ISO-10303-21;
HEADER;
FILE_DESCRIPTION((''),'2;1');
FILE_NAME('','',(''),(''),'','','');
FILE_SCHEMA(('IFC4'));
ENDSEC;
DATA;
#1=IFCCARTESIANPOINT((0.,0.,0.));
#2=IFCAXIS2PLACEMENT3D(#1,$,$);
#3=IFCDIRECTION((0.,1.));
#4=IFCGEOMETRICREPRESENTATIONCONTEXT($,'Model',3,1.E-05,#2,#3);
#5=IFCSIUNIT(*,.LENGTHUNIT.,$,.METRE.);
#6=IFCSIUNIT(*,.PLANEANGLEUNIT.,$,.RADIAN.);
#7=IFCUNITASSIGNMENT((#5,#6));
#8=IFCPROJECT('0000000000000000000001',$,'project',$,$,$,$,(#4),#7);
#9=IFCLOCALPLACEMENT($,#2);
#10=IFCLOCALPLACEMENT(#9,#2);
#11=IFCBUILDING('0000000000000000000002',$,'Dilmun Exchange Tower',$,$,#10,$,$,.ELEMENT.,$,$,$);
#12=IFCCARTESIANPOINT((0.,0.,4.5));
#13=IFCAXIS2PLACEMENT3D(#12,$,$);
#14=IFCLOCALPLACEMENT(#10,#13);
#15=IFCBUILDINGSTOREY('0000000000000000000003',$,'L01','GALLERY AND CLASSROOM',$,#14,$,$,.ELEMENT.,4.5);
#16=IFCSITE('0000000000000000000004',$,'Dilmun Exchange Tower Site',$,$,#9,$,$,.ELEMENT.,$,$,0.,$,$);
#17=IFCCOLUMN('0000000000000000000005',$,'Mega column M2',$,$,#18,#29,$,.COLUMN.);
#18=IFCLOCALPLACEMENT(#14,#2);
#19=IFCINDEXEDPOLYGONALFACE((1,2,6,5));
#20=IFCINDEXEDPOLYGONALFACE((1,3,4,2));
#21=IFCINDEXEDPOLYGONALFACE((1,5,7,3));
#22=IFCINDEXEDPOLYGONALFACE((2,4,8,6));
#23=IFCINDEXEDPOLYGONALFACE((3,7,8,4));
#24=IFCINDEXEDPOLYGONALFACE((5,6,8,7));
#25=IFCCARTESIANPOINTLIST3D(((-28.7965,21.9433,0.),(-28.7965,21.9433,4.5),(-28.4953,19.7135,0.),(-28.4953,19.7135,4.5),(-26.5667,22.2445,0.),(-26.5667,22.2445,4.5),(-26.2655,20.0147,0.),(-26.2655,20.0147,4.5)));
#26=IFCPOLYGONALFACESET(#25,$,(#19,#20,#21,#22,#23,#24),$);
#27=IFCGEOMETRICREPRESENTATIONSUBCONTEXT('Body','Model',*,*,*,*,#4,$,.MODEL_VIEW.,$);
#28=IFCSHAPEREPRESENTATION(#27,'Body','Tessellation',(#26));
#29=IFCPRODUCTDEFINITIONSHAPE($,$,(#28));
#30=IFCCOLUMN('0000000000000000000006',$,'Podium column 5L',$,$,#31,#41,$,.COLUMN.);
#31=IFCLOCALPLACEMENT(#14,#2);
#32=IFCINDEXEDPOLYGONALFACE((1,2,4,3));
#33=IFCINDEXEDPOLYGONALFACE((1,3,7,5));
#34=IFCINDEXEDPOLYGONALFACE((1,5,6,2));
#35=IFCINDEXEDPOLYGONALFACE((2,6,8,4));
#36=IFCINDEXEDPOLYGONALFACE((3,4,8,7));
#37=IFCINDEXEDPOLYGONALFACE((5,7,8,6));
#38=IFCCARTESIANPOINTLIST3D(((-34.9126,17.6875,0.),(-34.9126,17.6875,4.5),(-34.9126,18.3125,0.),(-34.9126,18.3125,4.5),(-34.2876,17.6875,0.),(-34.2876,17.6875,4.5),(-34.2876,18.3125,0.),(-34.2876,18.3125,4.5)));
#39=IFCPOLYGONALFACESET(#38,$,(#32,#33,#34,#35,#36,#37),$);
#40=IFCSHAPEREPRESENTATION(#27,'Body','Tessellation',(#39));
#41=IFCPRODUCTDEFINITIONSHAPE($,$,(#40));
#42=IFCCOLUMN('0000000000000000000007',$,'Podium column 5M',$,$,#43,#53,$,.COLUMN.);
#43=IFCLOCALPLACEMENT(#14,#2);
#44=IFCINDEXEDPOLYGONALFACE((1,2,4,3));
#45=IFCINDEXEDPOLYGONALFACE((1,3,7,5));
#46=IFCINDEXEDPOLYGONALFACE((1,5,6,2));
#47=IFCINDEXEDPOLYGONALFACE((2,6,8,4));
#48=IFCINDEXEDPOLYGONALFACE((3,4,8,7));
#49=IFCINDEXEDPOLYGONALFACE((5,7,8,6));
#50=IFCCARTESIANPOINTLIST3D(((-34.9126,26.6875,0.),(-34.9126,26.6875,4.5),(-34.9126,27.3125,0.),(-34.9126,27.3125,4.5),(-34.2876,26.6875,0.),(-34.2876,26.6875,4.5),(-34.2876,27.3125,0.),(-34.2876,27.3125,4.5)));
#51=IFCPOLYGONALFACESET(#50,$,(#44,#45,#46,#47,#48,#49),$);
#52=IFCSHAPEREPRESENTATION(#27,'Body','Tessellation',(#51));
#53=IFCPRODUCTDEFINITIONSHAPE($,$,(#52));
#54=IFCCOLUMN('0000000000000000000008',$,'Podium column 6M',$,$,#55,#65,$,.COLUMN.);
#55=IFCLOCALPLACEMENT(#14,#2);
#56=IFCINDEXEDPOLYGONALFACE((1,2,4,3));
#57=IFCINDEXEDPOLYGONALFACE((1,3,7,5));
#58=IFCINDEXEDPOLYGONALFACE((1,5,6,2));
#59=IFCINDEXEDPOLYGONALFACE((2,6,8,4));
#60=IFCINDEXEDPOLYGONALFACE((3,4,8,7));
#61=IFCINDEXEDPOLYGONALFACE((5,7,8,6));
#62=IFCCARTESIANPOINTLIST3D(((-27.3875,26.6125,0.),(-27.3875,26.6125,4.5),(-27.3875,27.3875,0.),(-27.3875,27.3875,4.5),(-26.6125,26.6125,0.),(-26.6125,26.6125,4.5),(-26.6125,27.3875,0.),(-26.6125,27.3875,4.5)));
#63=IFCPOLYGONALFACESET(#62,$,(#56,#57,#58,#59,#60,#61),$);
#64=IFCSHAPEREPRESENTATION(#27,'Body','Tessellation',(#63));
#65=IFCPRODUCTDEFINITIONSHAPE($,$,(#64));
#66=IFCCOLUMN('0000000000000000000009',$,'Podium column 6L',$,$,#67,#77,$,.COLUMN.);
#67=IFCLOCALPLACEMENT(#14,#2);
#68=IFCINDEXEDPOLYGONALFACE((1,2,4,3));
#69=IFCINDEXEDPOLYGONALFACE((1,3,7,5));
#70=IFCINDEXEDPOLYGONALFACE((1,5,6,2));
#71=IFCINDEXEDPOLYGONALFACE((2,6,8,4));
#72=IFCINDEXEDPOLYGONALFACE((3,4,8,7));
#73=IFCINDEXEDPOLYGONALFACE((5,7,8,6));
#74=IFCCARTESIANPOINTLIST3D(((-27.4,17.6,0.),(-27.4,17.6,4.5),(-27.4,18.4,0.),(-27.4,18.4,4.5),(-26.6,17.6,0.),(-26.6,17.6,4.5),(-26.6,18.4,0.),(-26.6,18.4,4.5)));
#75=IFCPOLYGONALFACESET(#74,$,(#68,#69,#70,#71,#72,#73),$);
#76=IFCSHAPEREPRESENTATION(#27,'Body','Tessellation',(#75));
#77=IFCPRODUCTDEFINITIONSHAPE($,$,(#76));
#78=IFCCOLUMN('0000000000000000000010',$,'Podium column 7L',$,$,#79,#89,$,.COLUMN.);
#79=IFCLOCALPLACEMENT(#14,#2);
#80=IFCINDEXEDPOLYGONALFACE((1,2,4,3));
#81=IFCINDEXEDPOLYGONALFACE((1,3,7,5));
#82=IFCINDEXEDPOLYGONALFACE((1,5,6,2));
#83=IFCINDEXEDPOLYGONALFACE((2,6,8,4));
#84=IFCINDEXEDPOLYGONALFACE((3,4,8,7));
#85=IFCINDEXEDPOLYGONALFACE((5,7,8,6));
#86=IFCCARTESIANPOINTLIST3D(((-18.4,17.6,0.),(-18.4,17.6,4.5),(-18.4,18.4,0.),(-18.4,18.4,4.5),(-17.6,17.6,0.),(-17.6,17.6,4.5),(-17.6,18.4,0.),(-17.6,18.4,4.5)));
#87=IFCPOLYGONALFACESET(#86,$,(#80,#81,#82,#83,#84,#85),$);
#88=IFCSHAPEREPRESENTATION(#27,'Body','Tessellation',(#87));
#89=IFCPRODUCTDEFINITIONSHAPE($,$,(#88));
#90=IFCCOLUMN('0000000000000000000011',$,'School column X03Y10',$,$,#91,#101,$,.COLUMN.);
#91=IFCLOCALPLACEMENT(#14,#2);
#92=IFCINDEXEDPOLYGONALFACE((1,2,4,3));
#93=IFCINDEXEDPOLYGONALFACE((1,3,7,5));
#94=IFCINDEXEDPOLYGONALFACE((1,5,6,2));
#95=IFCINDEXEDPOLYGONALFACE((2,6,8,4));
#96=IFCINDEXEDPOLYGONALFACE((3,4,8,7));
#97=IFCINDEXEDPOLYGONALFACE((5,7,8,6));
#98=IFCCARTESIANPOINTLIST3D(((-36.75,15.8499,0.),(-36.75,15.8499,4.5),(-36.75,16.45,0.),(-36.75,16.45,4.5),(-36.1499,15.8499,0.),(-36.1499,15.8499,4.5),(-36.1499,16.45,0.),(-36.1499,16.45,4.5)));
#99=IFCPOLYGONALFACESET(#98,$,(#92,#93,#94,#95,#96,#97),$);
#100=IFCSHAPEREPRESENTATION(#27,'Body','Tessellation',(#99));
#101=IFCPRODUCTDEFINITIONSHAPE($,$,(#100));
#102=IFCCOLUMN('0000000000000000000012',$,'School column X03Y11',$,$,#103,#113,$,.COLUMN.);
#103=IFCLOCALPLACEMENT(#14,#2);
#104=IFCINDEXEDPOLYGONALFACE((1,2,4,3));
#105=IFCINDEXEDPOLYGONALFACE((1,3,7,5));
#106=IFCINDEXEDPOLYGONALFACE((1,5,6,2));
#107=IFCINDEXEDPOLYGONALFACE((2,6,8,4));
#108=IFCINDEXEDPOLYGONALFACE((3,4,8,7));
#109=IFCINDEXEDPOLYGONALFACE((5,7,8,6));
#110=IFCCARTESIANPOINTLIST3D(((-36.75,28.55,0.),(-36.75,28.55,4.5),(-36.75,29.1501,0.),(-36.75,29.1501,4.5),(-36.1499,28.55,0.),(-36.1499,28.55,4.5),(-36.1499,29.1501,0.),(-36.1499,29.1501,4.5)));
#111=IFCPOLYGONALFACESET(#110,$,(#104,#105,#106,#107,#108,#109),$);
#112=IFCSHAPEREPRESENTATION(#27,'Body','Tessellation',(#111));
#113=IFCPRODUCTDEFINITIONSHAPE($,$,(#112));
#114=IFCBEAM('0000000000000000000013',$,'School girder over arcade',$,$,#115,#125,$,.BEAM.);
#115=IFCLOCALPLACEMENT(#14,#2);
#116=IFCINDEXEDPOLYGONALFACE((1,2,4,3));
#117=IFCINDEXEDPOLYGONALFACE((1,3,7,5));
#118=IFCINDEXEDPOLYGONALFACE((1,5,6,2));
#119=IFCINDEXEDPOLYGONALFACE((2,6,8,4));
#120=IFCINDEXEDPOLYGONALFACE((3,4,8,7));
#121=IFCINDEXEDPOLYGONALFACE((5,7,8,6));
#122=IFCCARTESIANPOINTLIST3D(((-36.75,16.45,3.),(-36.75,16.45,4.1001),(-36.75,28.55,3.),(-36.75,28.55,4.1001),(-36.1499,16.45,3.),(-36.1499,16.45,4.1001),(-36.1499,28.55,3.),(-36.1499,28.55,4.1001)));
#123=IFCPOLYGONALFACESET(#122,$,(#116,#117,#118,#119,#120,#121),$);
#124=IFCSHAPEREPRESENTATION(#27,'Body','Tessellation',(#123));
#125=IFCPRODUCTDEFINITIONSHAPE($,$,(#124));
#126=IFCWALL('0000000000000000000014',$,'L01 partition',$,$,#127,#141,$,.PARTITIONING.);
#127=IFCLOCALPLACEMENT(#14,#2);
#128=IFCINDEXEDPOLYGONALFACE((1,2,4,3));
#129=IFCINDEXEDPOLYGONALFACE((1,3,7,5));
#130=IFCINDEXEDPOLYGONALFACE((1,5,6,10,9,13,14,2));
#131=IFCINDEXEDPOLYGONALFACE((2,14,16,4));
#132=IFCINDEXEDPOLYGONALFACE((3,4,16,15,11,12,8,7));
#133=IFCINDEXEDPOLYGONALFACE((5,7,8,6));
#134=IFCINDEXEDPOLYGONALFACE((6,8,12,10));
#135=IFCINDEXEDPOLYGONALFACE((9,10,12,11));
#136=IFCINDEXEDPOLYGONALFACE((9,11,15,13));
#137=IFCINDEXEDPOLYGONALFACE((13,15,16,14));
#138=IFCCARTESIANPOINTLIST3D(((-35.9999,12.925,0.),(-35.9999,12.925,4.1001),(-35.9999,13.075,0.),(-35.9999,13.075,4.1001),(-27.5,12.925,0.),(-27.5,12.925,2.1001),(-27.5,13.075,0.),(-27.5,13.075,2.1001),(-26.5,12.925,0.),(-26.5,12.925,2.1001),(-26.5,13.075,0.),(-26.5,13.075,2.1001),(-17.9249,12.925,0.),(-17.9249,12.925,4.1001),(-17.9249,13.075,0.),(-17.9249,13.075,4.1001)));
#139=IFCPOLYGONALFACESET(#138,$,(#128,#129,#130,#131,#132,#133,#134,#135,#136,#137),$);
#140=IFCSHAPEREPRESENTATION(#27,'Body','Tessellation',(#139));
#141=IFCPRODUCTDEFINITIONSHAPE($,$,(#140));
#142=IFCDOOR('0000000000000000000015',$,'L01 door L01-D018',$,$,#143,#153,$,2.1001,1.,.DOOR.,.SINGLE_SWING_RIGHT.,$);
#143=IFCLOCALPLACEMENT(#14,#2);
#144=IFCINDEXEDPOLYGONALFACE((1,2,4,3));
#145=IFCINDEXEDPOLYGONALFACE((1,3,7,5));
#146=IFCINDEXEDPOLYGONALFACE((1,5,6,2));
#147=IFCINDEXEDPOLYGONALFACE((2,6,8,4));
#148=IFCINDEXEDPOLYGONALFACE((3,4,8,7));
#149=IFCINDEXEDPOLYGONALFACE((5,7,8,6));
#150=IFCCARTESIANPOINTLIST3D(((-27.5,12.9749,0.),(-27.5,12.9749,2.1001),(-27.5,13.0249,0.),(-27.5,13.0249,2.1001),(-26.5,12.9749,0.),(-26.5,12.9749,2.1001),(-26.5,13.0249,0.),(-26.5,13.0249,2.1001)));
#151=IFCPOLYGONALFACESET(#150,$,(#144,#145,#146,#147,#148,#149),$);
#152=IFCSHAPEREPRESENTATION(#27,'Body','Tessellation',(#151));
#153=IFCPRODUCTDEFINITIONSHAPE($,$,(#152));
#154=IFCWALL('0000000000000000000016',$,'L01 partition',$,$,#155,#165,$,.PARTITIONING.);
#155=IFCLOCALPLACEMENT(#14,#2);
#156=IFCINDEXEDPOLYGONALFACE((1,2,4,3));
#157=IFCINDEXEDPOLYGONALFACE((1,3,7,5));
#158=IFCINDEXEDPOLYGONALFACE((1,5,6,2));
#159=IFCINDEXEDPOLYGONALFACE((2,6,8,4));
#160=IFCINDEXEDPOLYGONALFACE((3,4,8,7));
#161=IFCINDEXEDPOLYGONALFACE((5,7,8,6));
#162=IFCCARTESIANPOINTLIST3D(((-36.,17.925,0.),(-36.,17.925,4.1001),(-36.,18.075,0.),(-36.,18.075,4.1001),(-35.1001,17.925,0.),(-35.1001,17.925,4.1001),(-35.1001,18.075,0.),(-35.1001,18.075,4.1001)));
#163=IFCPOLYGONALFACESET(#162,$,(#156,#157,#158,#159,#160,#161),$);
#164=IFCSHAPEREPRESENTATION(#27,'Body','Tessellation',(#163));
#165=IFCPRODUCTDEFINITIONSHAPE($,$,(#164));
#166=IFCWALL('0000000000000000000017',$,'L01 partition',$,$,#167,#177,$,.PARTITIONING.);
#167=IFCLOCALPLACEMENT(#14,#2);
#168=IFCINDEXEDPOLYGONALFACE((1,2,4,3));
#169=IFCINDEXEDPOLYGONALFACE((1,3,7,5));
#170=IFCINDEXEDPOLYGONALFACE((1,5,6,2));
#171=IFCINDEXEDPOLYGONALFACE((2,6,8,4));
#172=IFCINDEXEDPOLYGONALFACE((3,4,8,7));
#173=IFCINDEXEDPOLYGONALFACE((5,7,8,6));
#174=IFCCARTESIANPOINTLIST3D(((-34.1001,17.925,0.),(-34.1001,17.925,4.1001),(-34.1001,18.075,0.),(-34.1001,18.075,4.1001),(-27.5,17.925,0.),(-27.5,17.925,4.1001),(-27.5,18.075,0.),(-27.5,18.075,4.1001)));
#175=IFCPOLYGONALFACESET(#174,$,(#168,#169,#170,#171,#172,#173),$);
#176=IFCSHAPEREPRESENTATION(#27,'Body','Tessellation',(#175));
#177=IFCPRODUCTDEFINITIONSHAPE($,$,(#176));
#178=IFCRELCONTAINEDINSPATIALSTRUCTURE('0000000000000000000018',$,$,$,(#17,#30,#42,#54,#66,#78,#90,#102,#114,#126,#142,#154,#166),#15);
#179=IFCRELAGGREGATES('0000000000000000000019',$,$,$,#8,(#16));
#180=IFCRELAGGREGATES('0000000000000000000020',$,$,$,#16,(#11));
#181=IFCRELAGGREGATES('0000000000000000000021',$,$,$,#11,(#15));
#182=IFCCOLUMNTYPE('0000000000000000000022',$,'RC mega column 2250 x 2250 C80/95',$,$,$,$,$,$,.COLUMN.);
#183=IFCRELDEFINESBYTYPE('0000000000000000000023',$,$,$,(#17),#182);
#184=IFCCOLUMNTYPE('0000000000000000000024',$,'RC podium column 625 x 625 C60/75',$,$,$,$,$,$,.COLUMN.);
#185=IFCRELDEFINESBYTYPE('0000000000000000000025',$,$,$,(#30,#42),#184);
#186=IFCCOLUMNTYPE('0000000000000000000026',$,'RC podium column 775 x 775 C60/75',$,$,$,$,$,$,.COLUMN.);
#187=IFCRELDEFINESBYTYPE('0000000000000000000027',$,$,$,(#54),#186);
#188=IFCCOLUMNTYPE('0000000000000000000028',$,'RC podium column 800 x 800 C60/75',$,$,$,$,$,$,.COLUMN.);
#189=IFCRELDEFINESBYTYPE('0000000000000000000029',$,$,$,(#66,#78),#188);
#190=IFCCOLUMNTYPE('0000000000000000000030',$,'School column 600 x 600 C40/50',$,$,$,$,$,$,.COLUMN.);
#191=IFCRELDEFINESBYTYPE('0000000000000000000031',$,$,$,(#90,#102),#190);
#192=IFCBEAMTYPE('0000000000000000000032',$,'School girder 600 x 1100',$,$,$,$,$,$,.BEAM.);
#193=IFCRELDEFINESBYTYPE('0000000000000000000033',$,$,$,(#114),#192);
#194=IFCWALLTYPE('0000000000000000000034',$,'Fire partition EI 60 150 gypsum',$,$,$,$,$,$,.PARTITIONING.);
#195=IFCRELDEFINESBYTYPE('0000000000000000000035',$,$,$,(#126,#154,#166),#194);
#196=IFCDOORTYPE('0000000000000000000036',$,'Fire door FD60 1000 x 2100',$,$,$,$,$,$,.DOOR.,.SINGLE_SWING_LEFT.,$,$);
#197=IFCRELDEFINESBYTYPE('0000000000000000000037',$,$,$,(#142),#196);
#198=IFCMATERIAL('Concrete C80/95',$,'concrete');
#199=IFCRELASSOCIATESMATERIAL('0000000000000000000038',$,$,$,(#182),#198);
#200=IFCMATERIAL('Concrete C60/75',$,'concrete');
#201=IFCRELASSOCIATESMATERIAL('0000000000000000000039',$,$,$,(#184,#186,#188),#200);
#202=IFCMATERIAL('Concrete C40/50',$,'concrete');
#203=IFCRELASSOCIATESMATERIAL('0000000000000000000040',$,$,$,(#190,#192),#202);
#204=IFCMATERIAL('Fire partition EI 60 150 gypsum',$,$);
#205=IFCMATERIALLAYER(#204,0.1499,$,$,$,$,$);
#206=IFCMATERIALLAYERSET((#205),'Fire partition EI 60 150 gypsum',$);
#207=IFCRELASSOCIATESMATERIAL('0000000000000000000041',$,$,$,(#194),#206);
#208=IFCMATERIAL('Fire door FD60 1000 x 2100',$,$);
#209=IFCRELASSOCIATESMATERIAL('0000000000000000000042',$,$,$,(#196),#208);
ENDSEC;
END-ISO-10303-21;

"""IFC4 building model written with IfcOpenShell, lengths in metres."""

from ifc_helpers import new_model, si_unit, direction, frame, frame_2d, origin, origin_2d, place, context, subcontext, project, spatial, rectangle, extrude, material, layer, layer_set, material_profile, profile_set, type_object, element, fill, save


model = new_model("IFC4")

# Units and contexts
model_context = context("Model", 3, precision=1e-05, world=origin(), true_north=direction((0.0, 1.0)))
body_context = subcontext(model_context, "Body", "Model", "MODEL_VIEW")
ifc_project = project(units=[si_unit("LENGTHUNIT", "METRE"), si_unit("PLANEANGLEUNIT", "RADIAN")], contexts=[model_context])

# Site, building, storey
site_placement = place(None, origin())
site = spatial("IfcSite", under=ifc_project, at=site_placement, Name="Dilmun Exchange Tower Site", CompositionType="ELEMENT", RefElevation=0.0)
building_placement = place(site_placement, origin())
building = spatial("IfcBuilding", under=site, at=building_placement, Name="Dilmun Exchange Tower", CompositionType="ELEMENT")
storey_placement = place(building_placement, frame((0.0, 0.0, 4.5)))
storey = spatial("IfcBuildingStorey", under=building, at=storey_placement, Name="L01", Description="GALLERY AND CLASSROOM", CompositionType="ELEMENT", Elevation=4.5)

# Columns
ifc_material_1 = material(Name="Concrete C80/95", Category="concrete")
ifc_material_profile_1 = material_profile(ifc_material_1, rectangle(XDim=2.25, YDim=2.25, at=origin_2d()), Name="2250 x 2250")
ifc_profile_set_1 = profile_set([ifc_material_profile_1], Name="Concrete C80/95")
column_type_1 = type_object("IfcColumnType", Name="RC mega column 2250 x 2250 C80/95", PredefinedType="COLUMN", material=ifc_profile_set_1)
column_1_placement = place(storey_placement, frame((-27.531, 20.979, 0.0), z_axis=(0.0, 0.0, 1.0), x_axis=(0.991001, 0.133853, 0.0)))
element("IfcColumn", 1, at=column_1_placement, inside=storey, type_object=column_type_1, Name="Mega column M2", PredefinedType="COLUMN", context=body_context, shape_type="SweptSolid", body=[
    extrude(rectangle(XDim=2.25, YDim=2.25, at=origin_2d()), origin(), (0.0, 0.0, 1.0), 4.5),
])
ifc_material_2 = material(Name="Concrete C60/75", Category="concrete")
ifc_material_profile_2 = material_profile(ifc_material_2, rectangle(XDim=0.625, YDim=0.625, at=origin_2d()), Name="625 x 625")
ifc_profile_set_2 = profile_set([ifc_material_profile_2], Name="Concrete C60/75")
column_type_2 = type_object("IfcColumnType", Name="RC podium column 625 x 625 C60/75", PredefinedType="COLUMN", material=ifc_profile_set_2)
for number, where, z_axis, x_axis, name in (
    (2, (-34.6001, 18.0, 0.0), (0.0, 0.0, 1.0), (1.0, 0.0, 0.0), "Podium column 5L"),
    (3, (-34.6001, 27.0, 0.0), (0.0, 0.0, 1.0), (1.0, 0.0, 0.0), "Podium column 5M"),
):
    element("IfcColumn", number, at=place(storey_placement, frame(where, z_axis=z_axis, x_axis=x_axis)), inside=storey, type_object=column_type_2, Name=name, PredefinedType="COLUMN", context=body_context, shape_type="SweptSolid", body=[
        extrude(rectangle(XDim=0.625, YDim=0.625, at=origin_2d()), origin(), (0.0, 0.0, 1.0), 4.5),
    ])
ifc_material_profile_3 = material_profile(ifc_material_2, rectangle(XDim=0.7749, YDim=0.7749, at=origin_2d()), Name="775 x 775")
ifc_profile_set_3 = profile_set([ifc_material_profile_3], Name="Concrete C60/75")
column_type_3 = type_object("IfcColumnType", Name="RC podium column 775 x 775 C60/75", PredefinedType="COLUMN", material=ifc_profile_set_3)
column_2_placement = place(storey_placement, frame((-27.0, 27.0, 0.0), z_axis=(0.0, 0.0, 1.0), x_axis=(1.0, 0.0, 0.0)))
element("IfcColumn", 4, at=column_2_placement, inside=storey, type_object=column_type_3, Name="Podium column 6M", PredefinedType="COLUMN", context=body_context, shape_type="SweptSolid", body=[
    extrude(rectangle(XDim=0.7749, YDim=0.7749, at=origin_2d()), origin(), (0.0, 0.0, 1.0), 4.5),
])
ifc_material_profile_4 = material_profile(ifc_material_2, rectangle(XDim=0.8, YDim=0.8, at=origin_2d()), Name="800 x 800")
ifc_profile_set_4 = profile_set([ifc_material_profile_4], Name="Concrete C60/75")
column_type_4 = type_object("IfcColumnType", Name="RC podium column 800 x 800 C60/75", PredefinedType="COLUMN", material=ifc_profile_set_4)
for number, where, z_axis, x_axis, name in (
    (5, (-27.0, 18.0, 0.0), (0.0, 0.0, 1.0), (1.0, 0.0, 0.0), "Podium column 6L"),
    (6, (-18.0, 18.0, 0.0), (0.0, 0.0, 1.0), (1.0, 0.0, 0.0), "Podium column 7L"),
):
    element("IfcColumn", number, at=place(storey_placement, frame(where, z_axis=z_axis, x_axis=x_axis)), inside=storey, type_object=column_type_4, Name=name, PredefinedType="COLUMN", context=body_context, shape_type="SweptSolid", body=[
        extrude(rectangle(XDim=0.8, YDim=0.8, at=origin_2d()), origin(), (0.0, 0.0, 1.0), 4.5),
    ])
ifc_material_3 = material(Name="Concrete C40/50", Category="concrete")
ifc_material_profile_5 = material_profile(ifc_material_3, rectangle(XDim=0.6001, YDim=0.6001, at=origin_2d()), Name="600 x 600")
ifc_profile_set_5 = profile_set([ifc_material_profile_5], Name="Concrete C40/50")
column_type_5 = type_object("IfcColumnType", Name="School column 600 x 600 C40/50", PredefinedType="COLUMN", material=ifc_profile_set_5)
for number, where, z_axis, x_axis, name in (
    (7, (-36.45, 16.1499, 0.0), (0.0, 0.0, 1.0), (1.0, 0.0, 0.0), "School column X03Y10"),
    (8, (-36.45, 28.8501, 0.0), (0.0, 0.0, 1.0), (1.0, 0.0, 0.0), "School column X03Y11"),
):
    element("IfcColumn", number, at=place(storey_placement, frame(where, z_axis=z_axis, x_axis=x_axis)), inside=storey, type_object=column_type_5, Name=name, PredefinedType="COLUMN", context=body_context, shape_type="SweptSolid", body=[
        extrude(rectangle(XDim=0.6001, YDim=0.6001, at=origin_2d()), origin(), (0.0, 0.0, 1.0), 4.5),
    ])

# Beam
ifc_material_profile_6 = material_profile(ifc_material_3, rectangle(XDim=0.6001, YDim=1.1001, at=origin_2d()), Name="600 x 1100")
ifc_profile_set_6 = profile_set([ifc_material_profile_6], Name="Concrete C40/50")
beam_type = type_object("IfcBeamType", Name="School girder 600 x 1100", PredefinedType="BEAM", material=ifc_profile_set_6)
beam_placement = place(storey_placement, frame((-36.45, 16.45, 3.55), z_axis=(0.0, 1.0, 0.0), x_axis=(-1.0, 0.0, 0.0)))
element("IfcBeam", 9, at=beam_placement, inside=storey, type_object=beam_type, Name="School girder over arcade", PredefinedType="BEAM", context=body_context, shape_type="SweptSolid", body=[
    extrude(rectangle(XDim=0.6001, YDim=1.1001, at=origin_2d()), origin(), (0.0, 0.0, 1.0), 12.1001),
])

# Wall, opening, door
ifc_material_4 = material(Name="Fire partition EI 60 150 gypsum")
ifc_layer_1 = layer(ifc_material_4, 0.1499)
ifc_layer_set_1 = layer_set([ifc_layer_1], Name="Fire partition EI 60 150 gypsum")
wall_type_1 = type_object("IfcWallType", Name="Fire partition EI 60 150 gypsum", PredefinedType="PARTITIONING", material=ifc_layer_set_1)
wall_1_placement = place(storey_placement, frame((-36.0, 13.0, 0.0), z_axis=(0.0, 0.0, 1.0), x_axis=(1.0, 0.0, 0.0)))
wall_1 = element("IfcWall", 10, at=wall_1_placement, inside=storey, type_object=wall_type_1, Name="L01 partition", PredefinedType="PARTITIONING", context=body_context, shape_type="SweptSolid", body=[
    extrude(rectangle(XDim=18.075, YDim=0.1499, at=frame_2d((9.0376, 0.0))), origin(), (0.0, 0.0, 1.0), 4.1001),
])
opening_1_placement = place(wall_1_placement, frame((8.5, 0.0, 0.0)))
opening_1 = element("IfcOpeningElement", 11, at=opening_1_placement, cuts=wall_1, PredefinedType="OPENING", context=body_context, shape_type="SweptSolid", body=[
    extrude(rectangle(XDim=1.0, YDim=2.1001, at=frame_2d((0.5, 1.05))), frame((0.0, 0.085, 0.0), z_axis=(0.0, -1.0, 0.0), x_axis=(1.0, 0.0, 0.0)), (0.0, 0.0, 1.0), 0.1699),
])
ifc_material_5 = material(Name="Fire door FD60 1000 x 2100")
door_type_1 = type_object("IfcDoorType", Name="Fire door FD60 1000 x 2100", OperationType="SINGLE_SWING_LEFT", PredefinedType="DOOR", material=ifc_material_5)
door_1_placement = place(opening_1_placement, origin())
door_1 = element("IfcDoor", 12, at=door_1_placement, inside=storey, type_object=door_type_1, Name="L01 door L01-D018", OperationType="SINGLE_SWING_RIGHT", OverallHeight=2.1001, OverallWidth=1.0, PredefinedType="DOOR", context=body_context, shape_type="SweptSolid", body=[
    extrude(rectangle(XDim=1.0, YDim=2.1001, at=frame_2d((0.5, 1.05))), frame((0.0, 0.0249, 0.0), z_axis=(0.0, -1.0, 0.0), x_axis=(1.0, 0.0, 0.0)), (0.0, 0.0, 1.0), 0.05),
])
fill(opening_1, door_1)

# Walls
wall_2_placement = place(storey_placement, frame((-36.0, 18.0, 0.0), z_axis=(0.0, 0.0, 1.0), x_axis=(1.0, 0.0, 0.0)))
element("IfcWall", 13, at=wall_2_placement, inside=storey, type_object=wall_type_1, Name="L01 partition", PredefinedType="PARTITIONING", context=body_context, shape_type="SweptSolid", body=[
    extrude(rectangle(XDim=0.8999, YDim=0.1499, at=frame_2d((0.45, 0.0))), origin(), (0.0, 0.0, 1.0), 4.1001),
])
wall_3_placement = place(storey_placement, frame((-34.1001, 18.0, 0.0), z_axis=(0.0, 0.0, 1.0), x_axis=(1.0, 0.0, 0.0)))
element("IfcWall", 14, at=wall_3_placement, inside=storey, type_object=wall_type_1, Name="L01 partition", PredefinedType="PARTITIONING", context=body_context, shape_type="SweptSolid", body=[
    extrude(rectangle(XDim=6.6001, YDim=0.1499, at=frame_2d((3.3, 0.0))), origin(), (0.0, 0.0, 1.0), 4.1001),
])

save(model, "model.ifc")
